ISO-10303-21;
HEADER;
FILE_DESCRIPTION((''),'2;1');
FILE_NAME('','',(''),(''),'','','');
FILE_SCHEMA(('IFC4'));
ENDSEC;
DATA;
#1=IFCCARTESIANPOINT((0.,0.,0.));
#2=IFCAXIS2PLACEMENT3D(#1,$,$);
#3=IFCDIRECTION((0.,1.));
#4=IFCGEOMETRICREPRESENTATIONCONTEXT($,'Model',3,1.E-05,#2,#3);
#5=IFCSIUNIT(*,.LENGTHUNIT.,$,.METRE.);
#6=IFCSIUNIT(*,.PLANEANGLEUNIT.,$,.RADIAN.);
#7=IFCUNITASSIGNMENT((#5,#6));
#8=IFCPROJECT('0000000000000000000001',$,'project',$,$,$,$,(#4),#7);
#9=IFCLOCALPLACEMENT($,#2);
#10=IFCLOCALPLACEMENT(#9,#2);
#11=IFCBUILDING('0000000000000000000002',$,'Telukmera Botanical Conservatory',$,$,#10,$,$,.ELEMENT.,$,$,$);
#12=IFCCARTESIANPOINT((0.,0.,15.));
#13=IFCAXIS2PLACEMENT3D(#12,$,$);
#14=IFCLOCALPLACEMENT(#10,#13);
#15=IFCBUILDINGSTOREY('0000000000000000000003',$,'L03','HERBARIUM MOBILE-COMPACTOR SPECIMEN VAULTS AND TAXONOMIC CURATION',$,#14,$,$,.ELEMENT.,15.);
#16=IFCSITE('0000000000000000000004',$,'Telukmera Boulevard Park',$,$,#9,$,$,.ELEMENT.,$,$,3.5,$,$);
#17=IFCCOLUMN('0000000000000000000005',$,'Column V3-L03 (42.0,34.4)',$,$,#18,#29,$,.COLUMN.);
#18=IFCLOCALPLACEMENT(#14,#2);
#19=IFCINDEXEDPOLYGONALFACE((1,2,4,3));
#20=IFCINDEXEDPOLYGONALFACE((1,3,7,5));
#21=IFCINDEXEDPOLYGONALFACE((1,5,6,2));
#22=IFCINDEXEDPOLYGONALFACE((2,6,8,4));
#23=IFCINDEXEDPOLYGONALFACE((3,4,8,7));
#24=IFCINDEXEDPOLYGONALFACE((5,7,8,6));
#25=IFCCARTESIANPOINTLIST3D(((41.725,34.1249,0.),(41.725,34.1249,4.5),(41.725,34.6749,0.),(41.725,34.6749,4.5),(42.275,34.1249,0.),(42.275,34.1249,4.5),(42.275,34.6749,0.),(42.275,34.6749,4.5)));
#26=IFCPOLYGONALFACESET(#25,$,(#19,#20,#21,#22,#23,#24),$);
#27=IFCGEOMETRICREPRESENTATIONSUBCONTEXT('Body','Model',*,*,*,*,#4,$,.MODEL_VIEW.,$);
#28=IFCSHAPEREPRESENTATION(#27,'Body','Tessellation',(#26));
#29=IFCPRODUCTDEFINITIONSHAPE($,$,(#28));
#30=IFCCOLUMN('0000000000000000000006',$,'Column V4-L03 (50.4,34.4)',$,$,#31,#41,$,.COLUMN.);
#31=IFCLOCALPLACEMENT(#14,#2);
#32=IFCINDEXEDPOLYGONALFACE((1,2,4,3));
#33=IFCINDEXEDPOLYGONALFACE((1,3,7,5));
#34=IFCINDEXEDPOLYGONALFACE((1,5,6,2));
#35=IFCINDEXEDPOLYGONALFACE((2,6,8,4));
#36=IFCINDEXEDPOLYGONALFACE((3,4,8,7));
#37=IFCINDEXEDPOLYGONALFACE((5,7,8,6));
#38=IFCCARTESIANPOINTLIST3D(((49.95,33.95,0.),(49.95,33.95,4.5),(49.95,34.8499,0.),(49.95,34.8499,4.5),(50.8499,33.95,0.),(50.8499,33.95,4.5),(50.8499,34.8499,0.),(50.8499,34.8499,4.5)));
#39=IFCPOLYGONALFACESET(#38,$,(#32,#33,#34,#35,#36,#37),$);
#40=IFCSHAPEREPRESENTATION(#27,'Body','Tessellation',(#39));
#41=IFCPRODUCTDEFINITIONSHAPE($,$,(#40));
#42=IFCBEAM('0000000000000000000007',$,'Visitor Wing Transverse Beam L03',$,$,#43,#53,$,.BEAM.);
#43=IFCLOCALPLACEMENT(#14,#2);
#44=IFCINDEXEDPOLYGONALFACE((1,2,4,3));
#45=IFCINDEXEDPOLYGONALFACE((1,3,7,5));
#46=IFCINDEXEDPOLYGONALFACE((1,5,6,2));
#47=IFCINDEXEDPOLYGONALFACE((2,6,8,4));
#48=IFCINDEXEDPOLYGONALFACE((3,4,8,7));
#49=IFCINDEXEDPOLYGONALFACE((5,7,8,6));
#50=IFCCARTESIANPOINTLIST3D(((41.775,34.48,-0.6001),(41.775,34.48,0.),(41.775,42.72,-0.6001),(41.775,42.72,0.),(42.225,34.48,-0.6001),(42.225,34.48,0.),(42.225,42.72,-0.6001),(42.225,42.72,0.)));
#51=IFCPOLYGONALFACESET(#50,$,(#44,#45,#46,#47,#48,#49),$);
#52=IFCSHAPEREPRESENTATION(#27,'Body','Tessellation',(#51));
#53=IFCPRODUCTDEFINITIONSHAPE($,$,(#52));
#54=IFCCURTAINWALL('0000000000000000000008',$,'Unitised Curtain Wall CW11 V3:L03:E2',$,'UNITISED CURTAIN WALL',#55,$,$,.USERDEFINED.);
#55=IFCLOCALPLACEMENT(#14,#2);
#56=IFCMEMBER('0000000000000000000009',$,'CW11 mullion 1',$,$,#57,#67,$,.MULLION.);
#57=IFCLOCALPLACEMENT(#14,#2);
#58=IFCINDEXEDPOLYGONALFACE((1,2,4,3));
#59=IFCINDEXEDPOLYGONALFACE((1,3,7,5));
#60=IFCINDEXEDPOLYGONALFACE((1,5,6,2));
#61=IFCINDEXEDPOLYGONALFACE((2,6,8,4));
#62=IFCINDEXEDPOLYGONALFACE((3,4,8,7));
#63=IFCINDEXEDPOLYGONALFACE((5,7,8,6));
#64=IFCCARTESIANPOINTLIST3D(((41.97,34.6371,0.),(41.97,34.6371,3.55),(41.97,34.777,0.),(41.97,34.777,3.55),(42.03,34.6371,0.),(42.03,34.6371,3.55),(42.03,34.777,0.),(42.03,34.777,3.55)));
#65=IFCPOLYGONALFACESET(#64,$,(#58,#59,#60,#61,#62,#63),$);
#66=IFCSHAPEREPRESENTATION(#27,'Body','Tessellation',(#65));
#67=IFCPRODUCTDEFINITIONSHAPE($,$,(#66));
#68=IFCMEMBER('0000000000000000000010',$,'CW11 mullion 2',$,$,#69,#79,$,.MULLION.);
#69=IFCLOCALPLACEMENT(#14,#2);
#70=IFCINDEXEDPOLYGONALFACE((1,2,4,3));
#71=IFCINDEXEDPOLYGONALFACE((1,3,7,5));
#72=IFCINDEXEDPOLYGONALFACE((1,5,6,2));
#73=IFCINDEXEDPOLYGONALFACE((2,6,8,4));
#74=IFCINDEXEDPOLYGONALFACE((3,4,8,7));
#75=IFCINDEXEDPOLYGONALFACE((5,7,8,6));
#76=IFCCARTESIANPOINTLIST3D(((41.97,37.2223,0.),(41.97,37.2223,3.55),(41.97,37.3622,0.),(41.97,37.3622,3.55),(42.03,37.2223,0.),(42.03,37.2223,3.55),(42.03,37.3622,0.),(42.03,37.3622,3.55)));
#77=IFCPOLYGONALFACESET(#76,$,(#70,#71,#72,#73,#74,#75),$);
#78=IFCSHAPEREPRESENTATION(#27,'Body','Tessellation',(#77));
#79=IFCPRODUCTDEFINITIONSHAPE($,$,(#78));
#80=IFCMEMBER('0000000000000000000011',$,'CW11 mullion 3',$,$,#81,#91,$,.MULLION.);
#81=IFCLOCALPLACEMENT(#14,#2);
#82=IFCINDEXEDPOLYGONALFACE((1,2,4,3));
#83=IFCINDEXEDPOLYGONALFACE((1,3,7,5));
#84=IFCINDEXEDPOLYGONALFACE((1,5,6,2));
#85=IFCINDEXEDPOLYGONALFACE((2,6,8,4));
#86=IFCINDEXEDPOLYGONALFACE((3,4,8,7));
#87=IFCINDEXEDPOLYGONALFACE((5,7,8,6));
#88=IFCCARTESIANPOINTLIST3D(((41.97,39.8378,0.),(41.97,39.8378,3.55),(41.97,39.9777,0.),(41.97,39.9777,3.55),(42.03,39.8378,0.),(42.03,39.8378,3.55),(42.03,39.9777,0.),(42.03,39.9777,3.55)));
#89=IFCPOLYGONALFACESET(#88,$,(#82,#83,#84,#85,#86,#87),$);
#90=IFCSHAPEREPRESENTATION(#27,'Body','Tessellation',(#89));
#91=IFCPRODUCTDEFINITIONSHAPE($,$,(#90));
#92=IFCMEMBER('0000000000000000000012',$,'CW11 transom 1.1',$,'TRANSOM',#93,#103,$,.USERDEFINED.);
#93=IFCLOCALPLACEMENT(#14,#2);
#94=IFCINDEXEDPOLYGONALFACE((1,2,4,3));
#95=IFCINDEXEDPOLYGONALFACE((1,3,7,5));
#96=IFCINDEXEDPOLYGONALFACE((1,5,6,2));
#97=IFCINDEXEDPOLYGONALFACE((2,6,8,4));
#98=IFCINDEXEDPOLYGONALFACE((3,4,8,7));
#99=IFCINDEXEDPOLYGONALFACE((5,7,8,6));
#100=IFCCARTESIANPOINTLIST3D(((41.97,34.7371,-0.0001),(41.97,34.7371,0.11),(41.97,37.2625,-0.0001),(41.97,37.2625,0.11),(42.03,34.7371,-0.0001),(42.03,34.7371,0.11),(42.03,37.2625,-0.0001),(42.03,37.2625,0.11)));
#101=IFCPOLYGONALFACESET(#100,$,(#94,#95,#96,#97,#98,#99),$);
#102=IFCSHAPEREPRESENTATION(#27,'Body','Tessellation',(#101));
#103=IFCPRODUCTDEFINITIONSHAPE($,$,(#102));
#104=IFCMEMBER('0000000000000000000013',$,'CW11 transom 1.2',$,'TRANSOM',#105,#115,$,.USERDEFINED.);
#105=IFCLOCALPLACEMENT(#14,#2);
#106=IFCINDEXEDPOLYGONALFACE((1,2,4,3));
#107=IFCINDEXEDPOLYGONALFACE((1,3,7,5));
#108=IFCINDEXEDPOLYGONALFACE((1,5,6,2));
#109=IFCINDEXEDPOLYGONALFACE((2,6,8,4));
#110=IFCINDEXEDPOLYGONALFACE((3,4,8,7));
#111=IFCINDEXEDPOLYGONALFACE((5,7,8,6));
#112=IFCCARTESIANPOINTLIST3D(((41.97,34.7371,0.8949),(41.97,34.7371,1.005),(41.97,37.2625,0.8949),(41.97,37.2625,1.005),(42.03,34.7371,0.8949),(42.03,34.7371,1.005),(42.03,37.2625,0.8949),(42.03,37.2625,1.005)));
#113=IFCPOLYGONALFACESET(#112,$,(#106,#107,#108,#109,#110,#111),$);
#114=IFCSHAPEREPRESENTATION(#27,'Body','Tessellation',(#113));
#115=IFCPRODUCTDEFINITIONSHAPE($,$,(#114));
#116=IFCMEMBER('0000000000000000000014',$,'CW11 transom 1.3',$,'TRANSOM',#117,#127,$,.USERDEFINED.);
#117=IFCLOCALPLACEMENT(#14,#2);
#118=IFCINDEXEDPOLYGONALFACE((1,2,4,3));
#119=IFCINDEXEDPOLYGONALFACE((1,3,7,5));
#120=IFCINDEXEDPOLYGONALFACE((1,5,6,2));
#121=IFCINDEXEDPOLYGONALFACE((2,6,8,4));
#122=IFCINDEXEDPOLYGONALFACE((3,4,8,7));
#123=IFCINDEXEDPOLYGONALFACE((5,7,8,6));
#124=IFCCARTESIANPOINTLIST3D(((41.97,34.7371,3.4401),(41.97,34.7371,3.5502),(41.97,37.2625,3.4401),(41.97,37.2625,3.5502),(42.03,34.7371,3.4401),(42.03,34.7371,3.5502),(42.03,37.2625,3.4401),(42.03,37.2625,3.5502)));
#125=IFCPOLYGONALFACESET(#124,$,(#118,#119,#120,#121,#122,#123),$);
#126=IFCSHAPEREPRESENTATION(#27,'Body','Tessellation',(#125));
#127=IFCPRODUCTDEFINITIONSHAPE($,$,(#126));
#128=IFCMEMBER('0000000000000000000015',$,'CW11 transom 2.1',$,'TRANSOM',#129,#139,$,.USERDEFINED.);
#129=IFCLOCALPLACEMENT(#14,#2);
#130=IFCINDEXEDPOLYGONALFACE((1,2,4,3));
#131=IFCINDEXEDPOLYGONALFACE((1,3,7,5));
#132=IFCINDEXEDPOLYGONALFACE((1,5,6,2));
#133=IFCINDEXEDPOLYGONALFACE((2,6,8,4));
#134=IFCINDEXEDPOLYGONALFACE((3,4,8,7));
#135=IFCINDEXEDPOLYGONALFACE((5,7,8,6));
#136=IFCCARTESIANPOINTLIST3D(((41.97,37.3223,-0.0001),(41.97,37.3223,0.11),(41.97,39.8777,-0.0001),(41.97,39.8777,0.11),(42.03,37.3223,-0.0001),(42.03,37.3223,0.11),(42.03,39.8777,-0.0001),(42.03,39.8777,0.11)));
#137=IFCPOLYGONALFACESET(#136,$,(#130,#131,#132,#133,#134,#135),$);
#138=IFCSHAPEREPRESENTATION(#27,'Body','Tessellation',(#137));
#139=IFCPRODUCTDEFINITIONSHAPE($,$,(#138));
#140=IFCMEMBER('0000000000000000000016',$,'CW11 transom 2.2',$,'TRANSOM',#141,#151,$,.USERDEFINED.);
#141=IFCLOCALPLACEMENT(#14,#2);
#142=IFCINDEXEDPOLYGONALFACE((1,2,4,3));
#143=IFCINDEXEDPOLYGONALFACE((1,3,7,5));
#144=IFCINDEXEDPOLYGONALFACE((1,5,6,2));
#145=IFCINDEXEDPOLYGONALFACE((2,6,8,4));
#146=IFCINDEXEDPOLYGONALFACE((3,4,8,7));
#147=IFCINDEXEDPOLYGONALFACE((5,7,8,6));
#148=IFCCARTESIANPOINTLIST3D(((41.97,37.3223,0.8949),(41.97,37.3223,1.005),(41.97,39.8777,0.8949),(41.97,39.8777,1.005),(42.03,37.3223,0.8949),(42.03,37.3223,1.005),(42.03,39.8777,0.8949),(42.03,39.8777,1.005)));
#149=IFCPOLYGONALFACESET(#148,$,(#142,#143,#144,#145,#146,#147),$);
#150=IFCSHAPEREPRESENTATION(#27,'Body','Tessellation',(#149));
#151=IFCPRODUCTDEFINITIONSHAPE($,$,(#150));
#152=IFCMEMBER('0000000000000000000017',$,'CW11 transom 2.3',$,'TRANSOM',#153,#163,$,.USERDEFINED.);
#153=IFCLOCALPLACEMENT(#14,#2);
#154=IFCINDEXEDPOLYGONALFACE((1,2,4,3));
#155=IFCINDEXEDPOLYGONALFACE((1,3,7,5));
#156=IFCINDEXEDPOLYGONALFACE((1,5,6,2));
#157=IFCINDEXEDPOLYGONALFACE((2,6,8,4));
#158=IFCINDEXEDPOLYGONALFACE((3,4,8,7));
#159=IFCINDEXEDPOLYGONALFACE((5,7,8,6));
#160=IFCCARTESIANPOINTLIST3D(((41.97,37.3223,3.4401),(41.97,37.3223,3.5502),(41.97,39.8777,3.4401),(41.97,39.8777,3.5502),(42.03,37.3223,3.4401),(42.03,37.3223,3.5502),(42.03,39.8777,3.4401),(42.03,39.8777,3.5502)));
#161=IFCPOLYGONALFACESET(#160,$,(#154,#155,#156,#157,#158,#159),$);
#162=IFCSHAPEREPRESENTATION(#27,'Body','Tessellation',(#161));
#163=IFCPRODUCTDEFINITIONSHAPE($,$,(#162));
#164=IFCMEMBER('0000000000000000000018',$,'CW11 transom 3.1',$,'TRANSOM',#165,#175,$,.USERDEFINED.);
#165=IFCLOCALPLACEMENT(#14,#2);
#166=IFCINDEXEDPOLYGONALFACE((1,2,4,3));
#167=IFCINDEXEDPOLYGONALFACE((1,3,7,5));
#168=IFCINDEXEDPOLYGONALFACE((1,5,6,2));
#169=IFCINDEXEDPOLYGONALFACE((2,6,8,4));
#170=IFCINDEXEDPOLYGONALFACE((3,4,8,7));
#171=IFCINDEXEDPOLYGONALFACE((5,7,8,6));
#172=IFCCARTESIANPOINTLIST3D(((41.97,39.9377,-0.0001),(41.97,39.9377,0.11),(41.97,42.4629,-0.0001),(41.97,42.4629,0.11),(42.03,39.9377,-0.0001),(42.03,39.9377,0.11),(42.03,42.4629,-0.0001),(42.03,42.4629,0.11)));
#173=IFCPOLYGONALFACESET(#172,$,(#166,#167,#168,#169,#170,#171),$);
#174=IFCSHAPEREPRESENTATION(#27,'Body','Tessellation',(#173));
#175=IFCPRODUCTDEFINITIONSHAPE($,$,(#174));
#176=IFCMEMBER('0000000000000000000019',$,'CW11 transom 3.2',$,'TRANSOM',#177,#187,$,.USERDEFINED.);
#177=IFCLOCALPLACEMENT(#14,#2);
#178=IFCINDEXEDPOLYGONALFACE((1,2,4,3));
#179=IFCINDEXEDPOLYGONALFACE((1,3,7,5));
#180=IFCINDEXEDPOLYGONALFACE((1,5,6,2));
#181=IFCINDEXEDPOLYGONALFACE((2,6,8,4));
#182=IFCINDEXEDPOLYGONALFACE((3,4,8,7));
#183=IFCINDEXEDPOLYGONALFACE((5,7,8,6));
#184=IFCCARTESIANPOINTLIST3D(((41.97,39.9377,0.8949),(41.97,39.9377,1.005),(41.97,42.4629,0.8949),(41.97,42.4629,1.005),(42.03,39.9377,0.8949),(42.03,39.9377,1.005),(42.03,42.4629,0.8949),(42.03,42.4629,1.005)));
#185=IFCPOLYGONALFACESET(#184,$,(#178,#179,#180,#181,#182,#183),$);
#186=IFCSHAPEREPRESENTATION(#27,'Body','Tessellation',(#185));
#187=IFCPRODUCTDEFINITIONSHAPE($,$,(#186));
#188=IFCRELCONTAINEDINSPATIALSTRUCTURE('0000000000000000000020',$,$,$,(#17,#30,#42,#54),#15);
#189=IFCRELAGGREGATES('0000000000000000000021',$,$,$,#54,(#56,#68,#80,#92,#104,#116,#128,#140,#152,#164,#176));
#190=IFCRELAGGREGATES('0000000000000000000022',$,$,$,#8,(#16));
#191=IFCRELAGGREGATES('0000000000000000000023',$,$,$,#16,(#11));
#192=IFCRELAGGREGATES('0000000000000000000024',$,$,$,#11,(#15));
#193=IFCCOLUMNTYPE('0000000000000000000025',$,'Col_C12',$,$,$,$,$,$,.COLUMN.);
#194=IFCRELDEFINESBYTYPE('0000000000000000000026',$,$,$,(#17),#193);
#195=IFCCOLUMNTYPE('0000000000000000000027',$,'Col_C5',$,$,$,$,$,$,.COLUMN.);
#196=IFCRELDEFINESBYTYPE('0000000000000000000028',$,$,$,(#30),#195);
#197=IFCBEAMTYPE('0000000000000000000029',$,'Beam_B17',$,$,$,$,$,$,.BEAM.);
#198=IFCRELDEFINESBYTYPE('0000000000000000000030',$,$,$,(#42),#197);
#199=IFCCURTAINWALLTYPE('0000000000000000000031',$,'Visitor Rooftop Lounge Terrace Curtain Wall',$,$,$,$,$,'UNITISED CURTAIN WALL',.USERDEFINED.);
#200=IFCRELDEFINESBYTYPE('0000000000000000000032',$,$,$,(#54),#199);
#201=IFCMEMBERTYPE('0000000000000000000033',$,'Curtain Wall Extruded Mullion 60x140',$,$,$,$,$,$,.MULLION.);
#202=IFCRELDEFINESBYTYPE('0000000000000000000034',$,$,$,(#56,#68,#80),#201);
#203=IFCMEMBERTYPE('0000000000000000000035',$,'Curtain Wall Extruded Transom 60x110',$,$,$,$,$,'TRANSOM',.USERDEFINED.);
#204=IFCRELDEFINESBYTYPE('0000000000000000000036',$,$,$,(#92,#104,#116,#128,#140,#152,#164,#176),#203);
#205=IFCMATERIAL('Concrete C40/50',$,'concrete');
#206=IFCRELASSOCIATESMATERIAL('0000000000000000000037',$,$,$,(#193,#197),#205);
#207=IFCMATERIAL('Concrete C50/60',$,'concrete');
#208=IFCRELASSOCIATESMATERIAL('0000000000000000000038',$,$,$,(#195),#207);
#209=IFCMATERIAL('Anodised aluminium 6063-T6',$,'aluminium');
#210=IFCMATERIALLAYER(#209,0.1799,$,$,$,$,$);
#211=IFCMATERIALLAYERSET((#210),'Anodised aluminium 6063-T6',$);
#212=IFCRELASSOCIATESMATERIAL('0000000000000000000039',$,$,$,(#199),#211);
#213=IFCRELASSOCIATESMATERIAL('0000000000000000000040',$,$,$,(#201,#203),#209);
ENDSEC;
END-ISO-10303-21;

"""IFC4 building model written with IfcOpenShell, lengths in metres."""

from ifc_helpers import new_model, si_unit, direction, frame, origin, origin_2d, place, context, subcontext, project, spatial, rectangle, extrude, material, layer, layer_set, material_profile, profile_set, type_object, element, aggregate, save


model = new_model("IFC4")

# Units and contexts
model_context = context("Model", 3, precision=1e-05, world=origin(), true_north=direction((0.0, 1.0)))
body_context = subcontext(model_context, "Body", "Model", "MODEL_VIEW")
ifc_project = project(units=[si_unit("LENGTHUNIT", "METRE"), si_unit("PLANEANGLEUNIT", "RADIAN")], contexts=[model_context])

# Site, building, storey
site_placement = place(None, origin())
site = spatial("IfcSite", under=ifc_project, at=site_placement, Name="Telukmera Boulevard Park", CompositionType="ELEMENT", RefElevation=3.5)
building_placement = place(site_placement, origin())
building = spatial("IfcBuilding", under=site, at=building_placement, Name="Telukmera Botanical Conservatory", CompositionType="ELEMENT")
storey_placement = place(building_placement, frame((0.0, 0.0, 15.0)))
storey = spatial("IfcBuildingStorey", under=building, at=storey_placement, Name="L03", Description="HERBARIUM MOBILE-COMPACTOR SPECIMEN VAULTS AND TAXONOMIC CURATION", CompositionType="ELEMENT", Elevation=15.0)

# Columns
ifc_material_1 = material(Name="Concrete C40/50", Category="concrete")
ifc_material_profile_1 = material_profile(ifc_material_1, rectangle(XDim=0.55, YDim=0.55, at=origin_2d()), Name="RC 550x550")
ifc_profile_set_1 = profile_set([ifc_material_profile_1], Name="Concrete C40/50")
column_type_1 = type_object("IfcColumnType", Name="Col_C12", PredefinedType="COLUMN", material=ifc_profile_set_1)
column_1_placement = place(storey_placement, frame((42.0, 34.3999, 0.0), z_axis=(0.0, 0.0, 1.0), x_axis=(1.0, 0.0, 0.0)))
element("IfcColumn", 1, at=column_1_placement, inside=storey, type_object=column_type_1, Name="Column V3-L03 (42.0,34.4)", PredefinedType="COLUMN", context=body_context, shape_type="SweptSolid", body=[
    extrude(rectangle(XDim=0.55, YDim=0.55, at=origin_2d()), origin(), (0.0, 0.0, 1.0), 4.5),
])
ifc_material_2 = material(Name="Concrete C50/60", Category="concrete")
ifc_material_profile_2 = material_profile(ifc_material_2, rectangle(XDim=0.8999, YDim=0.8999, at=origin_2d()), Name="RC 900x900")
ifc_profile_set_2 = profile_set([ifc_material_profile_2], Name="Concrete C50/60")
column_type_2 = type_object("IfcColumnType", Name="Col_C5", PredefinedType="COLUMN", material=ifc_profile_set_2)
column_2_placement = place(storey_placement, frame((50.3999, 34.3999, 0.0), z_axis=(0.0, 0.0, 1.0), x_axis=(1.0, 0.0, 0.0)))
element("IfcColumn", 2, at=column_2_placement, inside=storey, type_object=column_type_2, Name="Column V4-L03 (50.4,34.4)", PredefinedType="COLUMN", context=body_context, shape_type="SweptSolid", body=[
    extrude(rectangle(XDim=0.8999, YDim=0.8999, at=origin_2d()), origin(), (0.0, 0.0, 1.0), 4.5),
])

# Beam
ifc_material_profile_3 = material_profile(ifc_material_1, rectangle(XDim=0.45, YDim=0.6001, at=origin_2d()), Name="RC 450x600")
ifc_profile_set_3 = profile_set([ifc_material_profile_3], Name="Concrete C40/50")
beam_type = type_object("IfcBeamType", Name="Beam_B17", PredefinedType="BEAM", material=ifc_profile_set_3)
beam_placement = place(storey_placement, frame((42.0, 34.48, -0.3), z_axis=(0.0, 1.0, 0.0), x_axis=(-1.0, 0.0, 0.0)))
element("IfcBeam", 3, at=beam_placement, inside=storey, type_object=beam_type, Name="Visitor Wing Transverse Beam L03", PredefinedType="BEAM", context=body_context, shape_type="SweptSolid", body=[
    extrude(rectangle(XDim=0.45, YDim=0.6001, at=origin_2d()), origin(), (0.0, 0.0, 1.0), 8.24),
])

# Curtain wall, members
ifc_material_3 = material(Name="Anodised aluminium 6063-T6", Category="aluminium")
ifc_layer_1 = layer(ifc_material_3, 0.1799)
ifc_layer_set_1 = layer_set([ifc_layer_1], Name="Anodised aluminium 6063-T6")
curtain_wall_type = type_object("IfcCurtainWallType", Name="Visitor Rooftop Lounge Terrace Curtain Wall", ElementType="UNITISED CURTAIN WALL", PredefinedType="USERDEFINED", material=ifc_layer_set_1)
curtain_wall_placement = place(storey_placement, origin())
curtain_wall = element("IfcCurtainWall", 4, at=curtain_wall_placement, inside=storey, type_object=curtain_wall_type, Name="Unitised Curtain Wall CW11 V3:L03:E2", ObjectType="UNITISED CURTAIN WALL", PredefinedType="USERDEFINED")
ifc_material_profile_4 = material_profile(ifc_material_3, rectangle(XDim=0.0601, YDim=0.1399, at=origin_2d()), Name="ALU MULL 60x140")
ifc_profile_set_4 = profile_set([ifc_material_profile_4], Name="Anodised aluminium 6063-T6")
member_type_1 = type_object("IfcMemberType", Name="Curtain Wall Extruded Mullion 60x140", PredefinedType="MULLION", material=ifc_profile_set_4)
member_1_placement = place(storey_placement, frame((42.0, 34.707, 0.0), z_axis=(0.0, 0.0, 1.0), x_axis=(-1.0, 0.0, 0.0)))
member_1 = element("IfcMember", 5, at=member_1_placement, type_object=member_type_1, Name="CW11 mullion 1", PredefinedType="MULLION", context=body_context, shape_type="SweptSolid", body=[
    extrude(rectangle(XDim=0.0601, YDim=0.1399, at=origin_2d()), origin(), (0.0, 0.0, 1.0), 3.55),
])
member_2_placement = place(storey_placement, frame((42.0, 37.2922, 0.0), z_axis=(0.0, 0.0, 1.0), x_axis=(-1.0, 0.0, 0.0)))
member_2 = element("IfcMember", 6, at=member_2_placement, type_object=member_type_1, Name="CW11 mullion 2", PredefinedType="MULLION", context=body_context, shape_type="SweptSolid", body=[
    extrude(rectangle(XDim=0.0601, YDim=0.1399, at=origin_2d()), origin(), (0.0, 0.0, 1.0), 3.55),
])
member_3_placement = place(storey_placement, frame((42.0, 39.9077, 0.0), z_axis=(0.0, 0.0, 1.0), x_axis=(-1.0, 0.0, 0.0)))
member_3 = element("IfcMember", 7, at=member_3_placement, type_object=member_type_1, Name="CW11 mullion 3", PredefinedType="MULLION", context=body_context, shape_type="SweptSolid", body=[
    extrude(rectangle(XDim=0.0601, YDim=0.1399, at=origin_2d()), origin(), (0.0, 0.0, 1.0), 3.55),
])
ifc_material_profile_5 = material_profile(ifc_material_3, rectangle(XDim=0.0601, YDim=0.1101, at=origin_2d()), Name="ALU TRAN 60x110")
ifc_profile_set_5 = profile_set([ifc_material_profile_5], Name="Anodised aluminium 6063-T6")
member_type_2 = type_object("IfcMemberType", Name="Curtain Wall Extruded Transom 60x110", ElementType="TRANSOM", PredefinedType="USERDEFINED", material=ifc_profile_set_5)
member_4_placement = place(storey_placement, frame((42.0, 34.7371, 0.0549), z_axis=(0.0, 1.0, 0.0), x_axis=(-1.0, 0.0, 0.0)))
member_4 = element("IfcMember", 8, at=member_4_placement, type_object=member_type_2, Name="CW11 transom 1.1", ObjectType="TRANSOM", PredefinedType="USERDEFINED", context=body_context, shape_type="SweptSolid", body=[
    extrude(rectangle(XDim=0.0601, YDim=0.1101, at=origin_2d()), origin(), (0.0, 0.0, 1.0), 2.5254),
])
member_5_placement = place(storey_placement, frame((42.0, 34.7371, 0.95), z_axis=(0.0, 1.0, 0.0), x_axis=(-1.0, 0.0, 0.0)))
member_5 = element("IfcMember", 9, at=member_5_placement, type_object=member_type_2, Name="CW11 transom 1.2", ObjectType="TRANSOM", PredefinedType="USERDEFINED", context=body_context, shape_type="SweptSolid", body=[
    extrude(rectangle(XDim=0.0601, YDim=0.1101, at=origin_2d()), origin(), (0.0, 0.0, 1.0), 2.5254),
])
member_6_placement = place(storey_placement, frame((42.0, 34.7371, 3.4951), z_axis=(0.0, 1.0, 0.0), x_axis=(-1.0, 0.0, 0.0)))
member_6 = element("IfcMember", 10, at=member_6_placement, type_object=member_type_2, Name="CW11 transom 1.3", ObjectType="TRANSOM", PredefinedType="USERDEFINED", context=body_context, shape_type="SweptSolid", body=[
    extrude(rectangle(XDim=0.0601, YDim=0.1101, at=origin_2d()), origin(), (0.0, 0.0, 1.0), 2.5254),
])
member_7_placement = place(storey_placement, frame((42.0, 37.3223, 0.0549), z_axis=(0.0, 1.0, 0.0), x_axis=(-1.0, 0.0, 0.0)))
member_7 = element("IfcMember", 11, at=member_7_placement, type_object=member_type_2, Name="CW11 transom 2.1", ObjectType="TRANSOM", PredefinedType="USERDEFINED", context=body_context, shape_type="SweptSolid", body=[
    extrude(rectangle(XDim=0.0601, YDim=0.1101, at=origin_2d()), origin(), (0.0, 0.0, 1.0), 2.5554),
])
member_8_placement = place(storey_placement, frame((42.0, 37.3223, 0.95), z_axis=(0.0, 1.0, 0.0), x_axis=(-1.0, 0.0, 0.0)))
member_8 = element("IfcMember", 12, at=member_8_placement, type_object=member_type_2, Name="CW11 transom 2.2", ObjectType="TRANSOM", PredefinedType="USERDEFINED", context=body_context, shape_type="SweptSolid", body=[
    extrude(rectangle(XDim=0.0601, YDim=0.1101, at=origin_2d()), origin(), (0.0, 0.0, 1.0), 2.5554),
])
member_9_placement = place(storey_placement, frame((42.0, 37.3223, 3.4951), z_axis=(0.0, 1.0, 0.0), x_axis=(-1.0, 0.0, 0.0)))
member_9 = element("IfcMember", 13, at=member_9_placement, type_object=member_type_2, Name="CW11 transom 2.3", ObjectType="TRANSOM", PredefinedType="USERDEFINED", context=body_context, shape_type="SweptSolid", body=[
    extrude(rectangle(XDim=0.0601, YDim=0.1101, at=origin_2d()), origin(), (0.0, 0.0, 1.0), 2.5554),
])
member_10_placement = place(storey_placement, frame((42.0, 39.9377, 0.0549), z_axis=(0.0, 1.0, 0.0), x_axis=(-1.0, 0.0, 0.0)))
member_10 = element("IfcMember", 14, at=member_10_placement, type_object=member_type_2, Name="CW11 transom 3.1", ObjectType="TRANSOM", PredefinedType="USERDEFINED", context=body_context, shape_type="SweptSolid", body=[
    extrude(rectangle(XDim=0.0601, YDim=0.1101, at=origin_2d()), origin(), (0.0, 0.0, 1.0), 2.5251),
])
member_11_placement = place(storey_placement, frame((42.0, 39.9377, 0.95), z_axis=(0.0, 1.0, 0.0), x_axis=(-1.0, 0.0, 0.0)))
member_11 = element("IfcMember", 15, at=member_11_placement, type_object=member_type_2, Name="CW11 transom 3.2", ObjectType="TRANSOM", PredefinedType="USERDEFINED", context=body_context, shape_type="SweptSolid", body=[
    extrude(rectangle(XDim=0.0601, YDim=0.1101, at=origin_2d()), origin(), (0.0, 0.0, 1.0), 2.5251),
])
aggregate(curtain_wall, [member_1, member_2, member_3, member_4, member_5, member_6, member_7, member_8, member_9, member_10, member_11])

save(model, "model.ifc")
